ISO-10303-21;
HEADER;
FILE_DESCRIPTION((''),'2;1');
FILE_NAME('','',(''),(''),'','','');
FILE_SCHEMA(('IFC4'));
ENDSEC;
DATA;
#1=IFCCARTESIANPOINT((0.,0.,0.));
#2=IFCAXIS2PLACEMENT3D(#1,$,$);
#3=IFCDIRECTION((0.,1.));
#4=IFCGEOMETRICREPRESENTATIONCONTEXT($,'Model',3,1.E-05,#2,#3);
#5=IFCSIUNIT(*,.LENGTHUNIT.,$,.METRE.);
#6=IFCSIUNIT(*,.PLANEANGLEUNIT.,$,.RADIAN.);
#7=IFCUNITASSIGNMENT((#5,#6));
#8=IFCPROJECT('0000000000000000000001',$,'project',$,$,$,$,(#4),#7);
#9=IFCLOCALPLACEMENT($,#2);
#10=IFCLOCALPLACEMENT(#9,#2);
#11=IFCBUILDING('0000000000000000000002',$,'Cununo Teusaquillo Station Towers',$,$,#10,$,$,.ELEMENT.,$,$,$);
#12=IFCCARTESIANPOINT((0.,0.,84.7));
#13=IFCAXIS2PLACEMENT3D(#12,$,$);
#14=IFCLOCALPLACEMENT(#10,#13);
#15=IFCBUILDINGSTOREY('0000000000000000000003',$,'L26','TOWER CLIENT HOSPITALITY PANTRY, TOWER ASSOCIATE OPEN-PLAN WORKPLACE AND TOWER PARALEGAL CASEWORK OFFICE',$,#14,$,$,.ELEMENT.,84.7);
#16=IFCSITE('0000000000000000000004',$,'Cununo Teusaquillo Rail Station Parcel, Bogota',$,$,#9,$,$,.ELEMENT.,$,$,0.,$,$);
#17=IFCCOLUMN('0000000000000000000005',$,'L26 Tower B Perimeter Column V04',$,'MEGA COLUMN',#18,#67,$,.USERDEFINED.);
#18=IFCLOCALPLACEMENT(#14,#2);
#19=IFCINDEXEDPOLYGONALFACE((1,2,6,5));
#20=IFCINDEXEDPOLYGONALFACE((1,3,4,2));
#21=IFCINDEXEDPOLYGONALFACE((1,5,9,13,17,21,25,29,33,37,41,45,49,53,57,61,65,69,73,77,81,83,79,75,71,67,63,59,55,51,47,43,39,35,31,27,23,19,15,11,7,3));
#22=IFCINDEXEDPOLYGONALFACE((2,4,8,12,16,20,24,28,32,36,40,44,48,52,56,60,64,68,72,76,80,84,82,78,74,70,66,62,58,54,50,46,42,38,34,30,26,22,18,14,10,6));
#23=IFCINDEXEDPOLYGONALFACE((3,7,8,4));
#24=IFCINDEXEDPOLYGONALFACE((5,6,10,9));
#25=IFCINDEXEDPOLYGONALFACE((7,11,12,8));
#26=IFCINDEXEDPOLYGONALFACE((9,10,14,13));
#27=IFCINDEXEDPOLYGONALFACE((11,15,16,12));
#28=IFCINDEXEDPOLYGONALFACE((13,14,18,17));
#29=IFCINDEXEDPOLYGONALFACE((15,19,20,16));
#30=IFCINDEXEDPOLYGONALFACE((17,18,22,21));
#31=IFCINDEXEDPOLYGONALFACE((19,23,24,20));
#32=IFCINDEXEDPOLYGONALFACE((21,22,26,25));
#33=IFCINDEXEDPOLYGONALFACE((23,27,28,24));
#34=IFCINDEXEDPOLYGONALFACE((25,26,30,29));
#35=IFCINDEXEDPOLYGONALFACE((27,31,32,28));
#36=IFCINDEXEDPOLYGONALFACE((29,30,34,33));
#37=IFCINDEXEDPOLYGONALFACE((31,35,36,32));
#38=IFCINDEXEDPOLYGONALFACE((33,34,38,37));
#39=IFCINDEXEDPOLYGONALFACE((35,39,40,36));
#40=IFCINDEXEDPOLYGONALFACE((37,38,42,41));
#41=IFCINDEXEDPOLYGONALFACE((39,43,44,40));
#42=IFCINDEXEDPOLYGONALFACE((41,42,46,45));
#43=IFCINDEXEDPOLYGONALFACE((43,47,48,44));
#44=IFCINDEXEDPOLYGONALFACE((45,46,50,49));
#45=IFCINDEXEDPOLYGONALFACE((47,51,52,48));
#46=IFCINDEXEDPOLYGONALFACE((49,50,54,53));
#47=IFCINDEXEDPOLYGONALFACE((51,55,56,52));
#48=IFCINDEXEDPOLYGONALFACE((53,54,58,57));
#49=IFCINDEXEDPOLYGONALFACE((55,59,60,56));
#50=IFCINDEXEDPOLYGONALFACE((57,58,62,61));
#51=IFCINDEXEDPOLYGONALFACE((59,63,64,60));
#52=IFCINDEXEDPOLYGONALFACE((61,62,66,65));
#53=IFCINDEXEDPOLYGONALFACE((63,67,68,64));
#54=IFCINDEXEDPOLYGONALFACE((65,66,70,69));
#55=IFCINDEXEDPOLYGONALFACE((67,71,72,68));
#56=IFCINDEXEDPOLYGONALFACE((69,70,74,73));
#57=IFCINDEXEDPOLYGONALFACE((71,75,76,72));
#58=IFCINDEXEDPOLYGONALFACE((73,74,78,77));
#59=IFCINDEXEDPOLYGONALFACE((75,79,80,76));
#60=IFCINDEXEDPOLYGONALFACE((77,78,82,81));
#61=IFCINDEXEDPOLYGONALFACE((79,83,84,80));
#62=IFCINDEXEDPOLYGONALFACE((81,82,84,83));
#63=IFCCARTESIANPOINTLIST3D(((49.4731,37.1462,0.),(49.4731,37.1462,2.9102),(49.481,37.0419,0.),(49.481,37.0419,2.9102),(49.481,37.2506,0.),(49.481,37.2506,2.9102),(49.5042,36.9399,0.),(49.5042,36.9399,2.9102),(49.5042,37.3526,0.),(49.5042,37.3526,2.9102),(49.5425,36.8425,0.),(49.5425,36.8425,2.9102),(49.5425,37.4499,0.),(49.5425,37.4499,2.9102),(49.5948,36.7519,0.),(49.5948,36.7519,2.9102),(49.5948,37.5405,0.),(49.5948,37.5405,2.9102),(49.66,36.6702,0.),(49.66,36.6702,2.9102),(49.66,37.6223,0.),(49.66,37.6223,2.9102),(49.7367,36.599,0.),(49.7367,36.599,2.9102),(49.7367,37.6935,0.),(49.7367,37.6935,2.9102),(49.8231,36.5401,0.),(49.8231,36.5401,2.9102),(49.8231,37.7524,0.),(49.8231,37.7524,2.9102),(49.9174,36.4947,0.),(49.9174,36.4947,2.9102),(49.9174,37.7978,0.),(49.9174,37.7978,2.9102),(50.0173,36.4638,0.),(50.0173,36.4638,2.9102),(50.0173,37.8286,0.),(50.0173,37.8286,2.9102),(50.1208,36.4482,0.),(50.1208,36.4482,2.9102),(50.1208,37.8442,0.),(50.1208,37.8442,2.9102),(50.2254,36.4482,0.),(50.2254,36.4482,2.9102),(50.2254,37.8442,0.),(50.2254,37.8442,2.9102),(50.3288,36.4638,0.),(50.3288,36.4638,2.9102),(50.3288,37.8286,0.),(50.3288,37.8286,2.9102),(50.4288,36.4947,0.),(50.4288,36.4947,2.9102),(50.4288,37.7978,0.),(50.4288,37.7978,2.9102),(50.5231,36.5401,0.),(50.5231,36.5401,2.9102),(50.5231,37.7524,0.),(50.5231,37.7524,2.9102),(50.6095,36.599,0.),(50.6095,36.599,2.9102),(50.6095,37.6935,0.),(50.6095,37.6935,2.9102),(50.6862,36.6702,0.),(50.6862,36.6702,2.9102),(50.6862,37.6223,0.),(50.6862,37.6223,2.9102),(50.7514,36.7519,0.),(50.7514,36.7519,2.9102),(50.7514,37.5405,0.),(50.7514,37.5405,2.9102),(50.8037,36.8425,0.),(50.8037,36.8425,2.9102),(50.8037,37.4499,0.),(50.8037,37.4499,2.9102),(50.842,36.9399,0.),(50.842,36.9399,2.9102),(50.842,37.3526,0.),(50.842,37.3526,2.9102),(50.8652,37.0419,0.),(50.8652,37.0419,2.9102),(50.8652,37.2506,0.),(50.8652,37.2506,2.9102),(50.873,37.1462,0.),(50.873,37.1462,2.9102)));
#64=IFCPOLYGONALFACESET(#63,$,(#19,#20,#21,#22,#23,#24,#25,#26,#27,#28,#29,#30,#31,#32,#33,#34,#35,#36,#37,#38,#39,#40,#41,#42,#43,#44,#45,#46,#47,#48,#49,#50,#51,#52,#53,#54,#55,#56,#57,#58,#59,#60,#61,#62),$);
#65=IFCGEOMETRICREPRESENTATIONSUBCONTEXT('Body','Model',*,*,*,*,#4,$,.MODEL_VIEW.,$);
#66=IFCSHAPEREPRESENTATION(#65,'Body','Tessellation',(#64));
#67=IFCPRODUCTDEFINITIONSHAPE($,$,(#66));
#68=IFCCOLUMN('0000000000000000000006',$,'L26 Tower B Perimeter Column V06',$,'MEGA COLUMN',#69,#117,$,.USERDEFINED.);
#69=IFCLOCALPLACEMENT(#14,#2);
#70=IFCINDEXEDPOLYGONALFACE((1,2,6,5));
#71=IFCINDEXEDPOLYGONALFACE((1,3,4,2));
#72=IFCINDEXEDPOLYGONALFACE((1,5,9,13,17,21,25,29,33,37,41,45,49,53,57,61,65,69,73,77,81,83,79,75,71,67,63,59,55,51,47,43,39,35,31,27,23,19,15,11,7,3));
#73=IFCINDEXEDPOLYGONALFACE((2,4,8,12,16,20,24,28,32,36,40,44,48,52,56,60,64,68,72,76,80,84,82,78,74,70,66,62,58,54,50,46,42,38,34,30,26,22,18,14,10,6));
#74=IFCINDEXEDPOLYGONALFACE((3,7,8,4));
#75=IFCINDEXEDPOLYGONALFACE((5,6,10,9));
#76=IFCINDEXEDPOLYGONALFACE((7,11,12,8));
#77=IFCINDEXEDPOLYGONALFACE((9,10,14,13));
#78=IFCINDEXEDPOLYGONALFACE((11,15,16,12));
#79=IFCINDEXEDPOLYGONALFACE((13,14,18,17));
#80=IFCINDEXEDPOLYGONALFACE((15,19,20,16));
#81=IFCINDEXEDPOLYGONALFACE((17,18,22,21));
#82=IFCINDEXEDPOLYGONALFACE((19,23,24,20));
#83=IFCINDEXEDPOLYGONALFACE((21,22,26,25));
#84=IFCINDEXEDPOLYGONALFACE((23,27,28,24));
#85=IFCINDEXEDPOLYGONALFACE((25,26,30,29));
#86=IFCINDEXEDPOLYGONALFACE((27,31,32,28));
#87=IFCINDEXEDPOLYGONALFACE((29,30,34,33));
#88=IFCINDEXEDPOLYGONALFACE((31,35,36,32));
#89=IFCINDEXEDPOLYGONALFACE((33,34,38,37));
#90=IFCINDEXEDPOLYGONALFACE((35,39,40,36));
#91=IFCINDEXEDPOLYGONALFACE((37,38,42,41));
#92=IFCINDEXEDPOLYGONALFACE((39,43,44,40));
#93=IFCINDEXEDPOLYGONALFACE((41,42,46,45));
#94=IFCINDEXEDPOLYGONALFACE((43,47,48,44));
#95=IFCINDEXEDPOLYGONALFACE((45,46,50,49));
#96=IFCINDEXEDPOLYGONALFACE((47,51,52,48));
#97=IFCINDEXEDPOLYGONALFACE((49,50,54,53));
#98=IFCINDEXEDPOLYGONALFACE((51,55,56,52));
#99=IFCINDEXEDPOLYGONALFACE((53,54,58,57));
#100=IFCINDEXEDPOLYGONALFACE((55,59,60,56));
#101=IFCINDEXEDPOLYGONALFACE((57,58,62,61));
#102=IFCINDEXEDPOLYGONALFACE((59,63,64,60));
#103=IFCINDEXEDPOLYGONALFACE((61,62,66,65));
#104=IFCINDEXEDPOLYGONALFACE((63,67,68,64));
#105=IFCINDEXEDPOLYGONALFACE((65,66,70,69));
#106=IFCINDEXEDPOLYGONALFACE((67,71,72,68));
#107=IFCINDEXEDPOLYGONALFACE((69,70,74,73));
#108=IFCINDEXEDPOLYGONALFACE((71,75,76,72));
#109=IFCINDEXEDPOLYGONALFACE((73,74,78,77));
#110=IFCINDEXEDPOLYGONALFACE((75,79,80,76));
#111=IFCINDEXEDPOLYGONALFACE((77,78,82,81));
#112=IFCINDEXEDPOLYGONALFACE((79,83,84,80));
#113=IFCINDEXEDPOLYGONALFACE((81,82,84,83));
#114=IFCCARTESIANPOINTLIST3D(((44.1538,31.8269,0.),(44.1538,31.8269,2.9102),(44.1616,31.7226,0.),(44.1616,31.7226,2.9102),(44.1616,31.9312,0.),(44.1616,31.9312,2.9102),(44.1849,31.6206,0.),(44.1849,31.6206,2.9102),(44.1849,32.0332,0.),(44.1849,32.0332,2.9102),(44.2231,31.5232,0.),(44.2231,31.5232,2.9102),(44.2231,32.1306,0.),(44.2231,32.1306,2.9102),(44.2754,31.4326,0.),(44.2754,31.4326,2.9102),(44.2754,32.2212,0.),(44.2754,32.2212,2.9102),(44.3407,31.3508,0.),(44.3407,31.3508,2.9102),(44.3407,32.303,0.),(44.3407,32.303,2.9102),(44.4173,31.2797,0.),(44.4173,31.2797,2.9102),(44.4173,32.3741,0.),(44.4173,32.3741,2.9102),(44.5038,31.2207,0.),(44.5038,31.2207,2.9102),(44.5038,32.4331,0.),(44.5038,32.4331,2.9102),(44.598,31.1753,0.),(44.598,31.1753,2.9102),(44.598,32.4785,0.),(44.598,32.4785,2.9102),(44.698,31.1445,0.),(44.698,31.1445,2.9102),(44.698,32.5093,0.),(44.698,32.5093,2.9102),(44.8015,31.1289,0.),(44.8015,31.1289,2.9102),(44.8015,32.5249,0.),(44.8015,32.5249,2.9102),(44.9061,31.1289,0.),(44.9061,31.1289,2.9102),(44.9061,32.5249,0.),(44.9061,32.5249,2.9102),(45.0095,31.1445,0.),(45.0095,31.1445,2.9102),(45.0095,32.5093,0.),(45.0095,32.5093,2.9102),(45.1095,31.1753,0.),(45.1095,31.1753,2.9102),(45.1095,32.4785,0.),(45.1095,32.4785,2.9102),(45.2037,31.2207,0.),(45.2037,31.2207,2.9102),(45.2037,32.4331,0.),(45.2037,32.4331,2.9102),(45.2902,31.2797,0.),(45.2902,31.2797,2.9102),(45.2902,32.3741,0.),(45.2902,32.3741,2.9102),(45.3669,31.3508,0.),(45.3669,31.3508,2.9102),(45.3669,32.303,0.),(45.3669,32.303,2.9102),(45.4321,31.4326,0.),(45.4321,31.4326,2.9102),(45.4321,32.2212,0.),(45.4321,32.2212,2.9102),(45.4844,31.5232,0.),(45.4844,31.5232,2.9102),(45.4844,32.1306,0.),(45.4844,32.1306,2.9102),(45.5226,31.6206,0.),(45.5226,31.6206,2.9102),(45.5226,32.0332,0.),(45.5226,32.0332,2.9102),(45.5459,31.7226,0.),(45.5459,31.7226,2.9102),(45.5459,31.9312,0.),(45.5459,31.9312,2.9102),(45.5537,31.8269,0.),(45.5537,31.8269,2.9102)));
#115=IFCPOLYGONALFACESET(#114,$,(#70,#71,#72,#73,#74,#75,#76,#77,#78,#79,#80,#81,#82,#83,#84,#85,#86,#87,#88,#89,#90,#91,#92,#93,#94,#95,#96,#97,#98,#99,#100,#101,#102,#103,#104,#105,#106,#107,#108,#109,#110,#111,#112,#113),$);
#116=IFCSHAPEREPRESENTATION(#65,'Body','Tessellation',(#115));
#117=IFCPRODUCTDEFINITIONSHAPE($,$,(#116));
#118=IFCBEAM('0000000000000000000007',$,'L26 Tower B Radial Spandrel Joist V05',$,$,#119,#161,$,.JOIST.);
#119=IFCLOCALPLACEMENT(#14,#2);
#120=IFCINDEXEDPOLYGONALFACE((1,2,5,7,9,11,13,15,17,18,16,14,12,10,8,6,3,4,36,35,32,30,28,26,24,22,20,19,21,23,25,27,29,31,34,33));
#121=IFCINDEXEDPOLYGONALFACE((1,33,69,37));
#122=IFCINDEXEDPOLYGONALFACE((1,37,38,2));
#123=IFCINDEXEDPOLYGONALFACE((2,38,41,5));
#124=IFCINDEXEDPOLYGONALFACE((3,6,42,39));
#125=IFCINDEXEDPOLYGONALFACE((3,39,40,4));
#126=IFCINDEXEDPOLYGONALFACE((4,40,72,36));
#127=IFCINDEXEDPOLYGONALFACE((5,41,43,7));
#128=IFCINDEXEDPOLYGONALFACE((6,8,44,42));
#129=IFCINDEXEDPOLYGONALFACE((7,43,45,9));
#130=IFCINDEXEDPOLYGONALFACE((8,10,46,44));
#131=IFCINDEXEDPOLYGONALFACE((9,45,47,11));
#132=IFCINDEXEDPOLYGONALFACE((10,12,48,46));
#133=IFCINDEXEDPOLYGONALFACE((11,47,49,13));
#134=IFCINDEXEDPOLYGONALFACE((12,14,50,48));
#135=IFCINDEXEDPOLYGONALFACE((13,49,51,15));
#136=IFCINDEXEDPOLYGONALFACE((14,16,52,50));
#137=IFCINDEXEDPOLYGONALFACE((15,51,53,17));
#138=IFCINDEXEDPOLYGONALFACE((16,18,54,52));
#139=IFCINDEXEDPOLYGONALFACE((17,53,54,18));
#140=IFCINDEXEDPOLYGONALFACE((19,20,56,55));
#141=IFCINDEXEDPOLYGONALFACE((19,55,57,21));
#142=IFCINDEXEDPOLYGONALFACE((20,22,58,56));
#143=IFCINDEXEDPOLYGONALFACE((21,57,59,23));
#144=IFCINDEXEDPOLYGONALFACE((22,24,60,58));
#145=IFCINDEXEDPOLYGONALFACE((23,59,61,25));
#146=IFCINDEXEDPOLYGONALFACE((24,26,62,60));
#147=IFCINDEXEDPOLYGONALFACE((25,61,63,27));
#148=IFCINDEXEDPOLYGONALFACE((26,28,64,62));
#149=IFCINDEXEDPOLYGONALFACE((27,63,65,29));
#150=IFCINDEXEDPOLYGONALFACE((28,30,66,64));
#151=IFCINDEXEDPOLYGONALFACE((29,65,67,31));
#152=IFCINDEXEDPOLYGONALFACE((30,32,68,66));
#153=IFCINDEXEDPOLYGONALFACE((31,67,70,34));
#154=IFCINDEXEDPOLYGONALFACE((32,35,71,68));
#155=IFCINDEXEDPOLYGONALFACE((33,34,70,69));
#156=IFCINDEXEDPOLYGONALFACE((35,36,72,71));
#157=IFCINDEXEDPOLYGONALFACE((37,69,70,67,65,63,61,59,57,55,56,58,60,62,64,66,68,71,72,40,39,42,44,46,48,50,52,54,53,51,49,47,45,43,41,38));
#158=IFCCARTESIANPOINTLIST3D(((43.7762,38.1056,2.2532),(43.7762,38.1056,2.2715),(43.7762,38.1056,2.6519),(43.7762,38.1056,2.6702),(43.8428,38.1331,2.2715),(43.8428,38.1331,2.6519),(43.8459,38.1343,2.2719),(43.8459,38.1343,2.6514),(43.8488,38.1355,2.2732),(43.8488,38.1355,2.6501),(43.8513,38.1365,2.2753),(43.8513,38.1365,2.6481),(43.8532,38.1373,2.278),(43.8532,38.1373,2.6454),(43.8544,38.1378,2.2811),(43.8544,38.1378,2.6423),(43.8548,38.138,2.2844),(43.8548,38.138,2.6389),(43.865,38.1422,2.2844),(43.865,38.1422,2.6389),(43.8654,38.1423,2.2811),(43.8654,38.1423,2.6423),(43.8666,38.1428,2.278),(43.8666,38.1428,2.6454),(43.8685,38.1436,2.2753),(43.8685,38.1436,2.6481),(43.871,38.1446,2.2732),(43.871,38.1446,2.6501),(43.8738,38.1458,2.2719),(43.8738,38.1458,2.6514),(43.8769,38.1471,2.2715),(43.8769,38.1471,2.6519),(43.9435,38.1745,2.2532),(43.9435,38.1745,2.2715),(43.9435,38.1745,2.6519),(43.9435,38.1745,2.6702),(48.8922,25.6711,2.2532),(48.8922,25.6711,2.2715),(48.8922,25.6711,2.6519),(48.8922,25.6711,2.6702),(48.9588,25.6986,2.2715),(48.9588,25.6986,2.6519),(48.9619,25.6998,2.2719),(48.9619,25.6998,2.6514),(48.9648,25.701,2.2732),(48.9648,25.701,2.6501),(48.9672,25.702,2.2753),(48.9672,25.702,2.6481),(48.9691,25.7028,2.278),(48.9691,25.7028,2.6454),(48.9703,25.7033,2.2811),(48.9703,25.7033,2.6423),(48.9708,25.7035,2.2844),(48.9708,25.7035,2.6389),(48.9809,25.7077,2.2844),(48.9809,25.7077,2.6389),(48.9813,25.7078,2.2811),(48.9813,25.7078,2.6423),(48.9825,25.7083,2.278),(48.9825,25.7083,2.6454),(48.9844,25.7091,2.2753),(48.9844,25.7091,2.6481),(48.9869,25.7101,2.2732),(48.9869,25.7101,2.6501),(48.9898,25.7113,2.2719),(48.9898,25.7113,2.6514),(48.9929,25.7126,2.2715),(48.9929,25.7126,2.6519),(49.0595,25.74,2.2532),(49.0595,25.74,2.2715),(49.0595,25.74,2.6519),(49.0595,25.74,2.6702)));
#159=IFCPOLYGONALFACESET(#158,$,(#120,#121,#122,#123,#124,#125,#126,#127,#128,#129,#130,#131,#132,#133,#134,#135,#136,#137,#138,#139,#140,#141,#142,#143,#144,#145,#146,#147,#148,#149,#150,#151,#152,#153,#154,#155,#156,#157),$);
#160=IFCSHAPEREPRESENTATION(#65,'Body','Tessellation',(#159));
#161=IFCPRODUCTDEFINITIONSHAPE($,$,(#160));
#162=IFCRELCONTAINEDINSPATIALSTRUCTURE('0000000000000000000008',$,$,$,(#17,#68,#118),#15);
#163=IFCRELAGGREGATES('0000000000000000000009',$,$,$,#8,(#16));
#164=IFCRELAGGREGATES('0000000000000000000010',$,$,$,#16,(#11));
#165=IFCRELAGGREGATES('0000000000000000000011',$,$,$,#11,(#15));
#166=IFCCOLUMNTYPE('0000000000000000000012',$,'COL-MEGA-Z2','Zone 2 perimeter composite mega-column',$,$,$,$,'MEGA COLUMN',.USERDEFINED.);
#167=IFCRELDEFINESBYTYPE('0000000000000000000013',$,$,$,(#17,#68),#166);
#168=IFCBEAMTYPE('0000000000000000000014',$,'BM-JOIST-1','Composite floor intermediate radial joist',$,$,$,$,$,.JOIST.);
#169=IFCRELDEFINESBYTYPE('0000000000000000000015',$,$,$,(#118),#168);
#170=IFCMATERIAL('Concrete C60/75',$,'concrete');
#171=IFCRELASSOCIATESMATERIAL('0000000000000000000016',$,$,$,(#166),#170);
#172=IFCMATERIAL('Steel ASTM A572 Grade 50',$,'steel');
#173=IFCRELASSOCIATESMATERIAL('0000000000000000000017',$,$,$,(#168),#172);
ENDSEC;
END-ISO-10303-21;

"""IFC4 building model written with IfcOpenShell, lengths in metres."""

from ifc_helpers import new_model, si_unit, direction, frame, origin, origin_2d, place, context, subcontext, project, spatial, circle, i_section, extrude, material, material_profile, profile_set, type_object, element, save


model = new_model("IFC4")

# Units and contexts
model_context = context("Model", 3, precision=1e-05, world=origin(), true_north=direction((0.0, 1.0)))
body_context = subcontext(model_context, "Body", "Model", "MODEL_VIEW")
ifc_project = project(units=[si_unit("LENGTHUNIT", "METRE"), si_unit("PLANEANGLEUNIT", "RADIAN")], contexts=[model_context])

# Site, building, storey
site_placement = place(None, origin())
site = spatial("IfcSite", under=ifc_project, at=site_placement, Name="Cununo Teusaquillo Rail Station Parcel, Bogota", CompositionType="ELEMENT", RefElevation=0.0)
building_placement = place(site_placement, origin())
building = spatial("IfcBuilding", under=site, at=building_placement, Name="Cununo Teusaquillo Station Towers", CompositionType="ELEMENT")
storey_placement = place(building_placement, frame((0.0, 0.0, 84.7)))
storey = spatial("IfcBuildingStorey", under=building, at=storey_placement, Name="L26", Description="TOWER CLIENT HOSPITALITY PANTRY, TOWER ASSOCIATE OPEN-PLAN WORKPLACE AND TOWER PARALEGAL CASEWORK OFFICE", CompositionType="ELEMENT", Elevation=84.7)

# Columns
ifc_material_1 = material(Name="Concrete C60/75", Category="concrete")
ifc_material_profile_1 = material_profile(ifc_material_1, circle(Radius=0.7, at=origin_2d()), Name="RC-CIRC-1400")
ifc_profile_set_1 = profile_set([ifc_material_profile_1], Name="Concrete C60/75")
column_type = type_object("IfcColumnType", Name="COL-MEGA-Z2", Description="Zone 2 perimeter composite mega-column", ElementType="MEGA COLUMN", PredefinedType="USERDEFINED", material=ifc_profile_set_1)
for number, where, z_axis, x_axis, name in (
    (1, (50.1731, 37.1462, 0.0), (0.0, 0.0, 1.0), (1.0, 0.0, 0.0), "L26 Tower B Perimeter Column V04"),
    (2, (44.8538, 31.8269, 0.0), (0.0, 0.0, 1.0), (1.0, 0.0, 0.0), "L26 Tower B Perimeter Column V06"),
):
    element("IfcColumn", number, at=place(storey_placement, frame(where, z_axis=z_axis, x_axis=x_axis)), inside=storey, type_object=column_type, Name=name, ObjectType="MEGA COLUMN", PredefinedType="USERDEFINED", context=body_context, shape_type="SweptSolid", body=[
        extrude(circle(Radius=0.7, at=origin_2d()), origin(), (0.0, 0.0, 1.0), 2.9102),
    ])

# Beam
ifc_material_2 = material(Name="Steel ASTM A572 Grade 50", Category="steel")
ifc_material_profile_2 = material_profile(ifc_material_2, i_section(OverallWidth=0.1809, OverallDepth=0.417, WebThickness=0.011, FlangeThickness=0.0183, FilletRadius=0.0129, at=origin_2d()), Name="W16X57")
ifc_profile_set_2 = profile_set([ifc_material_profile_2], Name="Steel ASTM A572 Grade 50")
beam_type_1 = type_object("IfcBeamType", Name="BM-JOIST-1", Description="Composite floor intermediate radial joist", PredefinedType="JOIST", material=ifc_profile_set_2)
beam_1_placement = place(storey_placement, frame((48.9758, 25.7056, 2.4617), z_axis=(-0.380486, 0.924787, 0.0), x_axis=(-0.924787, -0.380486, 0.0)))
element("IfcBeam", 3, at=beam_1_placement, inside=storey, type_object=beam_type_1, Name="L26 Tower B Radial Spandrel Joist V05", PredefinedType="JOIST", context=body_context, shape_type="SweptSolid", body=[
    extrude(i_section(OverallWidth=0.1809, OverallDepth=0.417, WebThickness=0.011, FlangeThickness=0.0183, FilletRadius=0.0129, at=origin_2d()), origin(), (0.0, 0.0, 1.0), 13.4458),
])

save(model, "model.ifc")
